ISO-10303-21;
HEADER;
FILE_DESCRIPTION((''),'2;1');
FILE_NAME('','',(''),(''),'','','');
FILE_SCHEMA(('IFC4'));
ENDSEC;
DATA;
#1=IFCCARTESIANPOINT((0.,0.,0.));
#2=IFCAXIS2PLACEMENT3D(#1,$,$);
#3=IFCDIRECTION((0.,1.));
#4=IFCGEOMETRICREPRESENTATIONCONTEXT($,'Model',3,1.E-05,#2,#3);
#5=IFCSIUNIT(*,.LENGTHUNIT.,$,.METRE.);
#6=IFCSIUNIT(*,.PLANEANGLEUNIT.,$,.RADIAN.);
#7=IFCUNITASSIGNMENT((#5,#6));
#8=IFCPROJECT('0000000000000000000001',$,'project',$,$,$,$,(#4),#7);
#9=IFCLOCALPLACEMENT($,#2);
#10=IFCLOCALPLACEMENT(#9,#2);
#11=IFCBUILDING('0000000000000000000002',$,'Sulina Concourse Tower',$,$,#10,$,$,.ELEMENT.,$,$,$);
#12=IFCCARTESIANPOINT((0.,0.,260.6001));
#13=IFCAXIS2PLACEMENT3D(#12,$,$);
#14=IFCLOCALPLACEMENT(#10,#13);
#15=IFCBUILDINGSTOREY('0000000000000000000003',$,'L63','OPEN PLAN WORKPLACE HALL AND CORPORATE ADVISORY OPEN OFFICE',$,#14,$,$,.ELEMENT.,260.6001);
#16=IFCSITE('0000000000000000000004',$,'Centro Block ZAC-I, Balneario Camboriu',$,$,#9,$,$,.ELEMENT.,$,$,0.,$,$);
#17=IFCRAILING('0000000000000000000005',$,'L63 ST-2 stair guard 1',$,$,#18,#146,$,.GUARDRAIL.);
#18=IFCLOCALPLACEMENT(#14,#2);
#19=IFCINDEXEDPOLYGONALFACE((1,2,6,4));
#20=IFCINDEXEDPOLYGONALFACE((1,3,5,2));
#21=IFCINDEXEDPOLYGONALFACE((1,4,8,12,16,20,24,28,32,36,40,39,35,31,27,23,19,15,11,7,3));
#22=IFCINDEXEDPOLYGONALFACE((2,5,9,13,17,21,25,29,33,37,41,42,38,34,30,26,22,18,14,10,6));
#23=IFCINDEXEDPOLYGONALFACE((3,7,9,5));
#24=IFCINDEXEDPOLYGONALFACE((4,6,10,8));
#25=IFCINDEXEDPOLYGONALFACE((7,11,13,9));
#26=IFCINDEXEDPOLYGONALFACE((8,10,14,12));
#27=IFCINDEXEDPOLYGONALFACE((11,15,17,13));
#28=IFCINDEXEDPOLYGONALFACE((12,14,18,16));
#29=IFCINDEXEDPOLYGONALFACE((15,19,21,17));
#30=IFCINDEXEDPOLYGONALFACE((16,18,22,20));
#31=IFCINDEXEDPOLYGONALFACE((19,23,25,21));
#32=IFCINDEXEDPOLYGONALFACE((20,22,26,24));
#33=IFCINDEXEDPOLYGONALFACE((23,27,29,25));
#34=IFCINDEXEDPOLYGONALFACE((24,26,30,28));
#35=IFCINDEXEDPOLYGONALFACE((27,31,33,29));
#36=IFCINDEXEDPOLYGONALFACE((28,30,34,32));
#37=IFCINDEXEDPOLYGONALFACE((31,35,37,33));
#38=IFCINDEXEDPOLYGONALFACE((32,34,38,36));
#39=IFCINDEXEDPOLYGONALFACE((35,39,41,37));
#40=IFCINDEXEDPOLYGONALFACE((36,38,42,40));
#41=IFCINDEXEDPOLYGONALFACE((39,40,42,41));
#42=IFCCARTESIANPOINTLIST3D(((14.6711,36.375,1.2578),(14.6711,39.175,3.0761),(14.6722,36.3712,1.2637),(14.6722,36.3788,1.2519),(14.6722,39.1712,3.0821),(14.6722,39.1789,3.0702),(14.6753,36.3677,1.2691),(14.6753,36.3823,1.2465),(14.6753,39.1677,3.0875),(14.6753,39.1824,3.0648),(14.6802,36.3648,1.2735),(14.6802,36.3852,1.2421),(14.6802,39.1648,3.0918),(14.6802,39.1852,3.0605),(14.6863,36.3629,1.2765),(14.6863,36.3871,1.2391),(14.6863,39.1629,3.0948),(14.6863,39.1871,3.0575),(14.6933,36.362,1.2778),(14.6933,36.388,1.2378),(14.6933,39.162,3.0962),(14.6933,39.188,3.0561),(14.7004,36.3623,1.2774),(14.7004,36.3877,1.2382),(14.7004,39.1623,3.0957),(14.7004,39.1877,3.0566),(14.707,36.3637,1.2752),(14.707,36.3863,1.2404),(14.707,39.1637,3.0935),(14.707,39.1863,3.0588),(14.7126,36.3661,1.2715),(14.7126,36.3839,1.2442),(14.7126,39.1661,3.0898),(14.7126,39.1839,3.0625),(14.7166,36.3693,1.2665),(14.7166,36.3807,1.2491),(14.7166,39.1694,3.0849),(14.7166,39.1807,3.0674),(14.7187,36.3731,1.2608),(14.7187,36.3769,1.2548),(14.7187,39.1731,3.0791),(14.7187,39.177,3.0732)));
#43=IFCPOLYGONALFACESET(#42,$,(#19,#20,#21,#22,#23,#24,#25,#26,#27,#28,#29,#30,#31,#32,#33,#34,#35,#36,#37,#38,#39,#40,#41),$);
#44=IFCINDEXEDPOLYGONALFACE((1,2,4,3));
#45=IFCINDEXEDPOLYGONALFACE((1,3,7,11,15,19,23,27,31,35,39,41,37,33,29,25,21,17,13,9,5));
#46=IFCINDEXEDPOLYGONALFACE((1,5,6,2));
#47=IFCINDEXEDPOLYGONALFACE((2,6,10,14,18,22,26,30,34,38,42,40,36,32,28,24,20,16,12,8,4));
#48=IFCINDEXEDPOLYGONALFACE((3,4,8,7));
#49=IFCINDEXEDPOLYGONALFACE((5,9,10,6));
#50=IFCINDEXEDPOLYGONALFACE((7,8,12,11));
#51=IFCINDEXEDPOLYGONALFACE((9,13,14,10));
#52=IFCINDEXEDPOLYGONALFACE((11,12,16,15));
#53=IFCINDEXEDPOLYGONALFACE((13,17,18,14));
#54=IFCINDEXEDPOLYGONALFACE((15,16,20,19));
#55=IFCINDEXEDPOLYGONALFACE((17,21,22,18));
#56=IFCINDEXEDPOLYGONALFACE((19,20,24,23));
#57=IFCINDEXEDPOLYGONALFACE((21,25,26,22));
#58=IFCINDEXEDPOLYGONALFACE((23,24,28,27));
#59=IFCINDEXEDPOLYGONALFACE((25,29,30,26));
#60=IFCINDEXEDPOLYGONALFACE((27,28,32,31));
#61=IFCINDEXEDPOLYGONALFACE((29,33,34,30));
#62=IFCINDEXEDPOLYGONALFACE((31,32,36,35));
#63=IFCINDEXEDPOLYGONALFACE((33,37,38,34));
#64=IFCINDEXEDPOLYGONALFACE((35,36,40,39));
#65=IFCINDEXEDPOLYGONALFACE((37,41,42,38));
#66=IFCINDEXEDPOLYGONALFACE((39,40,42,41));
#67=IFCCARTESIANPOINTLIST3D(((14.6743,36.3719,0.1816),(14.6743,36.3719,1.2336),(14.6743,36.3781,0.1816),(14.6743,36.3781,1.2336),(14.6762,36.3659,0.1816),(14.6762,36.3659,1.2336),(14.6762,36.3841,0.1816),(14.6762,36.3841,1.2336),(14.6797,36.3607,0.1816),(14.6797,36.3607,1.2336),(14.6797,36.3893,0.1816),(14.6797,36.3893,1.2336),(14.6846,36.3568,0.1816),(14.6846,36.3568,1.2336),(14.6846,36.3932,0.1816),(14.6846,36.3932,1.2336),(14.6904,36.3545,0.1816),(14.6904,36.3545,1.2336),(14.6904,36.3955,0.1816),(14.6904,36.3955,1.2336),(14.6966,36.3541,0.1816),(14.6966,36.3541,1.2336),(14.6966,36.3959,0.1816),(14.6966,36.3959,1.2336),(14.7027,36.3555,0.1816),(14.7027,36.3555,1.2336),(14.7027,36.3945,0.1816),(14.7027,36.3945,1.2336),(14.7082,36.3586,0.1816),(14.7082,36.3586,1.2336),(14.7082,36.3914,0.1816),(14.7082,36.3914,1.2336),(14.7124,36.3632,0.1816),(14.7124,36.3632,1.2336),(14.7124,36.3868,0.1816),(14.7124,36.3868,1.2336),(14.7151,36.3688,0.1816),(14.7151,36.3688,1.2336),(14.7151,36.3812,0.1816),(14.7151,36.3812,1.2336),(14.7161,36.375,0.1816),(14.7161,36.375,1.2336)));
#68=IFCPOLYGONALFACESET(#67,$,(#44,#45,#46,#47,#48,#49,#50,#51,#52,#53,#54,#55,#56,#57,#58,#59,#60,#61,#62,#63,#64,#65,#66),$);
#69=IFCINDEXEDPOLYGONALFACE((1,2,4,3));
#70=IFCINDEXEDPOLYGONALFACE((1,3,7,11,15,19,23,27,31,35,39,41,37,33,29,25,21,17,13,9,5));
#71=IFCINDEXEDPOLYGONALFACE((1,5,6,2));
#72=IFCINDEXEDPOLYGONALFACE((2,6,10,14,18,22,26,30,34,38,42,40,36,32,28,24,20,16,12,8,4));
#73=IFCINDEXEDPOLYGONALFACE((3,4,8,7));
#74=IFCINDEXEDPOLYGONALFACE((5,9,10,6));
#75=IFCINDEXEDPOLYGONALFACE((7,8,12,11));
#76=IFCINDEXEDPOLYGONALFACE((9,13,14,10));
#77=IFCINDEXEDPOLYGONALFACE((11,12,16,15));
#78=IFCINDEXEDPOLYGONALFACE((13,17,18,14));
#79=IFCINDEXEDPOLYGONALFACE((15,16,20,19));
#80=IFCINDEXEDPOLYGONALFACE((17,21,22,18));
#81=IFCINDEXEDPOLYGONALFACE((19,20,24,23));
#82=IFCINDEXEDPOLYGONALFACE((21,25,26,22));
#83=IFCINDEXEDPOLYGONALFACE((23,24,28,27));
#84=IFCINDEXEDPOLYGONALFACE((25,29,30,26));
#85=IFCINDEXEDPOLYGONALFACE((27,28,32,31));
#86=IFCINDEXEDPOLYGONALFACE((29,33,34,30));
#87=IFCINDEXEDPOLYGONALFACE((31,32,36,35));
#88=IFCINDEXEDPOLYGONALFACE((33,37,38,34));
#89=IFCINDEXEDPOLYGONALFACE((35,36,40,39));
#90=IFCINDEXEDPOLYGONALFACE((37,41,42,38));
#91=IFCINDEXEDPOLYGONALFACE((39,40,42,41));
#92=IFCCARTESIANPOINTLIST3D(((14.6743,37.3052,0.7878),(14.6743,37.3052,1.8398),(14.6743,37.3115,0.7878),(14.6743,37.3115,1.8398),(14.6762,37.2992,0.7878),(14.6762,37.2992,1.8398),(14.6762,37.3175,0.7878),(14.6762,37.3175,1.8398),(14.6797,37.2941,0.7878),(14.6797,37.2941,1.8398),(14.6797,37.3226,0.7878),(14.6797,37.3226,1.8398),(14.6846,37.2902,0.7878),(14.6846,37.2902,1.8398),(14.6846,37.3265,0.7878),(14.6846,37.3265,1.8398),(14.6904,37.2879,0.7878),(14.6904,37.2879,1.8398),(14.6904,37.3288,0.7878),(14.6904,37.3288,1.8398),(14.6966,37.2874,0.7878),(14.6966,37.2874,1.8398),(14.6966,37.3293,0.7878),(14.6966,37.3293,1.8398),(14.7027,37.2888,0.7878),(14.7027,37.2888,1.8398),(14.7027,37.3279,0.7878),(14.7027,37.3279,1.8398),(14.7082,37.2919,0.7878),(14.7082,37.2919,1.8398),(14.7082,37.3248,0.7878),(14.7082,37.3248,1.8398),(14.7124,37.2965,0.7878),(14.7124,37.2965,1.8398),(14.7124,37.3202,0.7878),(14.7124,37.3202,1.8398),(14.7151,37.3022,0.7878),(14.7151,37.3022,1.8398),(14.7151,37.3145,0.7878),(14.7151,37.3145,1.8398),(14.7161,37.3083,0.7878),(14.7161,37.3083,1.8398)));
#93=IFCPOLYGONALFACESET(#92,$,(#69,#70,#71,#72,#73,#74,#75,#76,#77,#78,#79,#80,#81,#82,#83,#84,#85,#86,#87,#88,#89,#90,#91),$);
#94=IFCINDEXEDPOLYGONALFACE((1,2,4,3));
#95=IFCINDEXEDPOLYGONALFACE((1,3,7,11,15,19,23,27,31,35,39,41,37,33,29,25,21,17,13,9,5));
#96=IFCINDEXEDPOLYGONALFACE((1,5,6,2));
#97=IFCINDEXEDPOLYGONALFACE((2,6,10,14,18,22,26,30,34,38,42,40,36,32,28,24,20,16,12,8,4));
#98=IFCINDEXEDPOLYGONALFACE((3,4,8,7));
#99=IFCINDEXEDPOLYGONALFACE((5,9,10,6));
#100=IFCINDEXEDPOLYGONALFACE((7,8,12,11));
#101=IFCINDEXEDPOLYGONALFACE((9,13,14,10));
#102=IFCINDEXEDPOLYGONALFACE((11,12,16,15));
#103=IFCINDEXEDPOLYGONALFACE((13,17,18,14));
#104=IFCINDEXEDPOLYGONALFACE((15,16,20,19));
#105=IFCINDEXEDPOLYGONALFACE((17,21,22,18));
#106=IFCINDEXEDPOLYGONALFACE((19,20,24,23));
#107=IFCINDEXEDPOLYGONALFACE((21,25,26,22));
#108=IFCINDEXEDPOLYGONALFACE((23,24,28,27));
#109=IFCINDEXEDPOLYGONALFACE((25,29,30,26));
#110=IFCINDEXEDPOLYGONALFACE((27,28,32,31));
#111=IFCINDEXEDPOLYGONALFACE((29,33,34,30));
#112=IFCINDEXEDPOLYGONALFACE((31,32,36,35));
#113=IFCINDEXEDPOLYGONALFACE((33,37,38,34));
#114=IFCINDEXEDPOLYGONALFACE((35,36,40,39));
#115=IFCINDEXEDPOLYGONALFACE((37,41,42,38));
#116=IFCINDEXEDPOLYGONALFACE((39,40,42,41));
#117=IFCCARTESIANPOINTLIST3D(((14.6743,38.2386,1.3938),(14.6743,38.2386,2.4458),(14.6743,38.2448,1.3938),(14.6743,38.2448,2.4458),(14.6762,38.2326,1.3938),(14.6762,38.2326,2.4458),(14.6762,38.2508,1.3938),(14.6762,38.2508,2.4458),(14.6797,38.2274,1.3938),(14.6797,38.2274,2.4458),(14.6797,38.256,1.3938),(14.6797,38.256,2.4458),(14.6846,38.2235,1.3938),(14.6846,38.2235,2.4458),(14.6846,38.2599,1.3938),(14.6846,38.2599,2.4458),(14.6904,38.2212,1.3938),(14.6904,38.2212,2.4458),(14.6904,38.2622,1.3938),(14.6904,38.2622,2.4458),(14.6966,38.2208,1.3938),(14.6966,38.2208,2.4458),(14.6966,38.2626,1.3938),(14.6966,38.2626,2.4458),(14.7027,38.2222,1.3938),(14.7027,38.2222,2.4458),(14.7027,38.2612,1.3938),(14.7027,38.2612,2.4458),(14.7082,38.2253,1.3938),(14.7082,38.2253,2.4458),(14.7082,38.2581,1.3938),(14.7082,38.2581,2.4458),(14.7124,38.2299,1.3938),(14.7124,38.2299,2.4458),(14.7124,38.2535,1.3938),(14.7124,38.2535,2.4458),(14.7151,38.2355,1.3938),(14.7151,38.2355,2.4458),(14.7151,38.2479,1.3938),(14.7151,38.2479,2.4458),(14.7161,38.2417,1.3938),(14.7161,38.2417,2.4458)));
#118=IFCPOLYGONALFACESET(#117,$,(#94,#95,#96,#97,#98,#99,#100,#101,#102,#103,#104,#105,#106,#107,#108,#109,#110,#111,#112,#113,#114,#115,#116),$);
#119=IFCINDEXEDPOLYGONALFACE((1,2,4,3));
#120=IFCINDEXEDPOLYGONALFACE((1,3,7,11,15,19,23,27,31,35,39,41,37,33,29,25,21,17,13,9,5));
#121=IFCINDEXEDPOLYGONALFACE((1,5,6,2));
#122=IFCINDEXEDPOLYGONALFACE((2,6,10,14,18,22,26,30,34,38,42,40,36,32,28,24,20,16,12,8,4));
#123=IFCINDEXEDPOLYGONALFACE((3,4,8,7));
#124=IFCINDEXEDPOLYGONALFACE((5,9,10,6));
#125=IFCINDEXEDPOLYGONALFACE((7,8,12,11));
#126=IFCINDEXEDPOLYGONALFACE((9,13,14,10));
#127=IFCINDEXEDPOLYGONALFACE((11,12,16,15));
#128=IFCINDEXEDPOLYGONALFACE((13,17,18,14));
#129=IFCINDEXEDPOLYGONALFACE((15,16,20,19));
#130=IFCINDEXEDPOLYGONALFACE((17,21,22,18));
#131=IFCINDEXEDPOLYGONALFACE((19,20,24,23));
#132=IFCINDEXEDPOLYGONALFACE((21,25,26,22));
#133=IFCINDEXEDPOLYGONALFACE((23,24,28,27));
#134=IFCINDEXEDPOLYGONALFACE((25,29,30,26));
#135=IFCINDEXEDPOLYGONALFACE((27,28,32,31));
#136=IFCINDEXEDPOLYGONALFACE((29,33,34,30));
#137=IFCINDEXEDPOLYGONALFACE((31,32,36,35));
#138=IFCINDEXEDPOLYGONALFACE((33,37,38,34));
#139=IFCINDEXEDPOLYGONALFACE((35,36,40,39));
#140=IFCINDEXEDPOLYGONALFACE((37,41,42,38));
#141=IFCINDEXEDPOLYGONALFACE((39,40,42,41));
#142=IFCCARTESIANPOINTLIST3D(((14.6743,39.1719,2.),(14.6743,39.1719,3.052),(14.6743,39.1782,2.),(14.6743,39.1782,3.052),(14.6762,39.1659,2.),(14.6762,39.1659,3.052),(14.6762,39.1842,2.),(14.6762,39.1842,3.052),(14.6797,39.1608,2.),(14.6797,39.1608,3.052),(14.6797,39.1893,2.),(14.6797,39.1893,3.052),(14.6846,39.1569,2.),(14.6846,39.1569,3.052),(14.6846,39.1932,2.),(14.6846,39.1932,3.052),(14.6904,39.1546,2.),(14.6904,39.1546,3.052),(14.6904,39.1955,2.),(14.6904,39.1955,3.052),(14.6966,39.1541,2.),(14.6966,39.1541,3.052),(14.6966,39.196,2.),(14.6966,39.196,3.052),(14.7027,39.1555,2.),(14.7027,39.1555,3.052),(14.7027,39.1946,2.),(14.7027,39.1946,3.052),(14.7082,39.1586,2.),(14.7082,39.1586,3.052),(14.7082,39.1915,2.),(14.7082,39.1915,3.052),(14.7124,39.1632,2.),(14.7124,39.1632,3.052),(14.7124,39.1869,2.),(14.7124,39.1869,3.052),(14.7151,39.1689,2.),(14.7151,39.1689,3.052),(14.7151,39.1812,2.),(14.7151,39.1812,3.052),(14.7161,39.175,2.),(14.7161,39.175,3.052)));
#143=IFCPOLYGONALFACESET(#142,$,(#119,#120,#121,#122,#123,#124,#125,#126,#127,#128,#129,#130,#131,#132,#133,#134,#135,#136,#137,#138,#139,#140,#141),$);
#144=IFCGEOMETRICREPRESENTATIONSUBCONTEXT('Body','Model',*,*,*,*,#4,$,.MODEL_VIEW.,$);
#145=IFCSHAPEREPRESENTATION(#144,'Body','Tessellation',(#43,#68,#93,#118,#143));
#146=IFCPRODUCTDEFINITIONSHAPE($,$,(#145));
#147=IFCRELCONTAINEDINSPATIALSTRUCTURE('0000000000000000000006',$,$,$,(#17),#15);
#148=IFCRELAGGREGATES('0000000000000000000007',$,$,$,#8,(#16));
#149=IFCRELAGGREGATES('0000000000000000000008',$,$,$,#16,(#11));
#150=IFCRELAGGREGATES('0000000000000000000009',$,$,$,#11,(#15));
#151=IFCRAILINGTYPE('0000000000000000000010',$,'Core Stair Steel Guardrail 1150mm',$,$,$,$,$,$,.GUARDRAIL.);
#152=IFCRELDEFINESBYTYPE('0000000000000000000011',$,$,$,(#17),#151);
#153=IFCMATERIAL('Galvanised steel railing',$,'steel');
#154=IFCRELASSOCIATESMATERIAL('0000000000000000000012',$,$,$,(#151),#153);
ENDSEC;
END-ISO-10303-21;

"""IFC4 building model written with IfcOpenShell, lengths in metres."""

from ifc_helpers import new_model, si_unit, direction, frame, origin, origin_2d, place, context, subcontext, project, spatial, circle, extrude, material, type_object, element, save


model = new_model("IFC4")

# Units and contexts
model_context = context("Model", 3, precision=1e-05, world=origin(), true_north=direction((0.0, 1.0)))
body_context = subcontext(model_context, "Body", "Model", "MODEL_VIEW")
ifc_project = project(units=[si_unit("LENGTHUNIT", "METRE"), si_unit("PLANEANGLEUNIT", "RADIAN")], contexts=[model_context])

# Site, building, storey
site_placement = place(None, origin())
site = spatial("IfcSite", under=ifc_project, at=site_placement, Name="Centro Block ZAC-I, Balneario Camboriu", CompositionType="ELEMENT", RefElevation=0.0)
building_placement = place(site_placement, origin())
building = spatial("IfcBuilding", under=site, at=building_placement, Name="Sulina Concourse Tower", CompositionType="ELEMENT")
storey_placement = place(building_placement, frame((0.0, 0.0, 260.6001)))
storey = spatial("IfcBuildingStorey", under=building, at=storey_placement, Name="L63", Description="OPEN PLAN WORKPLACE HALL AND CORPORATE ADVISORY OPEN OFFICE", CompositionType="ELEMENT", Elevation=260.6001)

# Railing
ifc_material_1 = material(Name="Galvanised steel railing", Category="steel")
railing_type_1 = type_object("IfcRailingType", Name="Core Stair Steel Guardrail 1150mm", PredefinedType="GUARDRAIL", material=ifc_material_1)
railing_1_placement = place(storey_placement, frame((14.6951, 36.375, 0.1816)))
element("IfcRailing", 1, at=railing_1_placement, inside=storey, type_object=railing_type_1, Name="L63 ST-2 stair guard 1", PredefinedType="GUARDRAIL", context=body_context, shape_type="SweptSolid", body=[
    extrude(circle(Radius=0.0239, at=origin_2d()), frame((0.0, 0.0, 1.0762), z_axis=(0.0, 0.838672, 0.544636), x_axis=(-1.0, 0.0, 0.0)), (0.0, 0.0, 1.0), 3.3386),
    extrude(circle(Radius=0.021, at=origin_2d()), origin(), (0.0, 0.0, 1.0), 1.052),
    extrude(circle(Radius=0.021, at=origin_2d()), frame((0.0, 0.9333, 0.6062)), (0.0, 0.0, 1.0), 1.052),
    extrude(circle(Radius=0.021, at=origin_2d()), frame((0.0, 1.8667, 1.2122)), (0.0, 0.0, 1.0), 1.052),
    extrude(circle(Radius=0.021, at=origin_2d()), frame((0.0, 2.8, 1.8184)), (0.0, 0.0, 1.0), 1.052),
])

save(model, "model.ifc")
